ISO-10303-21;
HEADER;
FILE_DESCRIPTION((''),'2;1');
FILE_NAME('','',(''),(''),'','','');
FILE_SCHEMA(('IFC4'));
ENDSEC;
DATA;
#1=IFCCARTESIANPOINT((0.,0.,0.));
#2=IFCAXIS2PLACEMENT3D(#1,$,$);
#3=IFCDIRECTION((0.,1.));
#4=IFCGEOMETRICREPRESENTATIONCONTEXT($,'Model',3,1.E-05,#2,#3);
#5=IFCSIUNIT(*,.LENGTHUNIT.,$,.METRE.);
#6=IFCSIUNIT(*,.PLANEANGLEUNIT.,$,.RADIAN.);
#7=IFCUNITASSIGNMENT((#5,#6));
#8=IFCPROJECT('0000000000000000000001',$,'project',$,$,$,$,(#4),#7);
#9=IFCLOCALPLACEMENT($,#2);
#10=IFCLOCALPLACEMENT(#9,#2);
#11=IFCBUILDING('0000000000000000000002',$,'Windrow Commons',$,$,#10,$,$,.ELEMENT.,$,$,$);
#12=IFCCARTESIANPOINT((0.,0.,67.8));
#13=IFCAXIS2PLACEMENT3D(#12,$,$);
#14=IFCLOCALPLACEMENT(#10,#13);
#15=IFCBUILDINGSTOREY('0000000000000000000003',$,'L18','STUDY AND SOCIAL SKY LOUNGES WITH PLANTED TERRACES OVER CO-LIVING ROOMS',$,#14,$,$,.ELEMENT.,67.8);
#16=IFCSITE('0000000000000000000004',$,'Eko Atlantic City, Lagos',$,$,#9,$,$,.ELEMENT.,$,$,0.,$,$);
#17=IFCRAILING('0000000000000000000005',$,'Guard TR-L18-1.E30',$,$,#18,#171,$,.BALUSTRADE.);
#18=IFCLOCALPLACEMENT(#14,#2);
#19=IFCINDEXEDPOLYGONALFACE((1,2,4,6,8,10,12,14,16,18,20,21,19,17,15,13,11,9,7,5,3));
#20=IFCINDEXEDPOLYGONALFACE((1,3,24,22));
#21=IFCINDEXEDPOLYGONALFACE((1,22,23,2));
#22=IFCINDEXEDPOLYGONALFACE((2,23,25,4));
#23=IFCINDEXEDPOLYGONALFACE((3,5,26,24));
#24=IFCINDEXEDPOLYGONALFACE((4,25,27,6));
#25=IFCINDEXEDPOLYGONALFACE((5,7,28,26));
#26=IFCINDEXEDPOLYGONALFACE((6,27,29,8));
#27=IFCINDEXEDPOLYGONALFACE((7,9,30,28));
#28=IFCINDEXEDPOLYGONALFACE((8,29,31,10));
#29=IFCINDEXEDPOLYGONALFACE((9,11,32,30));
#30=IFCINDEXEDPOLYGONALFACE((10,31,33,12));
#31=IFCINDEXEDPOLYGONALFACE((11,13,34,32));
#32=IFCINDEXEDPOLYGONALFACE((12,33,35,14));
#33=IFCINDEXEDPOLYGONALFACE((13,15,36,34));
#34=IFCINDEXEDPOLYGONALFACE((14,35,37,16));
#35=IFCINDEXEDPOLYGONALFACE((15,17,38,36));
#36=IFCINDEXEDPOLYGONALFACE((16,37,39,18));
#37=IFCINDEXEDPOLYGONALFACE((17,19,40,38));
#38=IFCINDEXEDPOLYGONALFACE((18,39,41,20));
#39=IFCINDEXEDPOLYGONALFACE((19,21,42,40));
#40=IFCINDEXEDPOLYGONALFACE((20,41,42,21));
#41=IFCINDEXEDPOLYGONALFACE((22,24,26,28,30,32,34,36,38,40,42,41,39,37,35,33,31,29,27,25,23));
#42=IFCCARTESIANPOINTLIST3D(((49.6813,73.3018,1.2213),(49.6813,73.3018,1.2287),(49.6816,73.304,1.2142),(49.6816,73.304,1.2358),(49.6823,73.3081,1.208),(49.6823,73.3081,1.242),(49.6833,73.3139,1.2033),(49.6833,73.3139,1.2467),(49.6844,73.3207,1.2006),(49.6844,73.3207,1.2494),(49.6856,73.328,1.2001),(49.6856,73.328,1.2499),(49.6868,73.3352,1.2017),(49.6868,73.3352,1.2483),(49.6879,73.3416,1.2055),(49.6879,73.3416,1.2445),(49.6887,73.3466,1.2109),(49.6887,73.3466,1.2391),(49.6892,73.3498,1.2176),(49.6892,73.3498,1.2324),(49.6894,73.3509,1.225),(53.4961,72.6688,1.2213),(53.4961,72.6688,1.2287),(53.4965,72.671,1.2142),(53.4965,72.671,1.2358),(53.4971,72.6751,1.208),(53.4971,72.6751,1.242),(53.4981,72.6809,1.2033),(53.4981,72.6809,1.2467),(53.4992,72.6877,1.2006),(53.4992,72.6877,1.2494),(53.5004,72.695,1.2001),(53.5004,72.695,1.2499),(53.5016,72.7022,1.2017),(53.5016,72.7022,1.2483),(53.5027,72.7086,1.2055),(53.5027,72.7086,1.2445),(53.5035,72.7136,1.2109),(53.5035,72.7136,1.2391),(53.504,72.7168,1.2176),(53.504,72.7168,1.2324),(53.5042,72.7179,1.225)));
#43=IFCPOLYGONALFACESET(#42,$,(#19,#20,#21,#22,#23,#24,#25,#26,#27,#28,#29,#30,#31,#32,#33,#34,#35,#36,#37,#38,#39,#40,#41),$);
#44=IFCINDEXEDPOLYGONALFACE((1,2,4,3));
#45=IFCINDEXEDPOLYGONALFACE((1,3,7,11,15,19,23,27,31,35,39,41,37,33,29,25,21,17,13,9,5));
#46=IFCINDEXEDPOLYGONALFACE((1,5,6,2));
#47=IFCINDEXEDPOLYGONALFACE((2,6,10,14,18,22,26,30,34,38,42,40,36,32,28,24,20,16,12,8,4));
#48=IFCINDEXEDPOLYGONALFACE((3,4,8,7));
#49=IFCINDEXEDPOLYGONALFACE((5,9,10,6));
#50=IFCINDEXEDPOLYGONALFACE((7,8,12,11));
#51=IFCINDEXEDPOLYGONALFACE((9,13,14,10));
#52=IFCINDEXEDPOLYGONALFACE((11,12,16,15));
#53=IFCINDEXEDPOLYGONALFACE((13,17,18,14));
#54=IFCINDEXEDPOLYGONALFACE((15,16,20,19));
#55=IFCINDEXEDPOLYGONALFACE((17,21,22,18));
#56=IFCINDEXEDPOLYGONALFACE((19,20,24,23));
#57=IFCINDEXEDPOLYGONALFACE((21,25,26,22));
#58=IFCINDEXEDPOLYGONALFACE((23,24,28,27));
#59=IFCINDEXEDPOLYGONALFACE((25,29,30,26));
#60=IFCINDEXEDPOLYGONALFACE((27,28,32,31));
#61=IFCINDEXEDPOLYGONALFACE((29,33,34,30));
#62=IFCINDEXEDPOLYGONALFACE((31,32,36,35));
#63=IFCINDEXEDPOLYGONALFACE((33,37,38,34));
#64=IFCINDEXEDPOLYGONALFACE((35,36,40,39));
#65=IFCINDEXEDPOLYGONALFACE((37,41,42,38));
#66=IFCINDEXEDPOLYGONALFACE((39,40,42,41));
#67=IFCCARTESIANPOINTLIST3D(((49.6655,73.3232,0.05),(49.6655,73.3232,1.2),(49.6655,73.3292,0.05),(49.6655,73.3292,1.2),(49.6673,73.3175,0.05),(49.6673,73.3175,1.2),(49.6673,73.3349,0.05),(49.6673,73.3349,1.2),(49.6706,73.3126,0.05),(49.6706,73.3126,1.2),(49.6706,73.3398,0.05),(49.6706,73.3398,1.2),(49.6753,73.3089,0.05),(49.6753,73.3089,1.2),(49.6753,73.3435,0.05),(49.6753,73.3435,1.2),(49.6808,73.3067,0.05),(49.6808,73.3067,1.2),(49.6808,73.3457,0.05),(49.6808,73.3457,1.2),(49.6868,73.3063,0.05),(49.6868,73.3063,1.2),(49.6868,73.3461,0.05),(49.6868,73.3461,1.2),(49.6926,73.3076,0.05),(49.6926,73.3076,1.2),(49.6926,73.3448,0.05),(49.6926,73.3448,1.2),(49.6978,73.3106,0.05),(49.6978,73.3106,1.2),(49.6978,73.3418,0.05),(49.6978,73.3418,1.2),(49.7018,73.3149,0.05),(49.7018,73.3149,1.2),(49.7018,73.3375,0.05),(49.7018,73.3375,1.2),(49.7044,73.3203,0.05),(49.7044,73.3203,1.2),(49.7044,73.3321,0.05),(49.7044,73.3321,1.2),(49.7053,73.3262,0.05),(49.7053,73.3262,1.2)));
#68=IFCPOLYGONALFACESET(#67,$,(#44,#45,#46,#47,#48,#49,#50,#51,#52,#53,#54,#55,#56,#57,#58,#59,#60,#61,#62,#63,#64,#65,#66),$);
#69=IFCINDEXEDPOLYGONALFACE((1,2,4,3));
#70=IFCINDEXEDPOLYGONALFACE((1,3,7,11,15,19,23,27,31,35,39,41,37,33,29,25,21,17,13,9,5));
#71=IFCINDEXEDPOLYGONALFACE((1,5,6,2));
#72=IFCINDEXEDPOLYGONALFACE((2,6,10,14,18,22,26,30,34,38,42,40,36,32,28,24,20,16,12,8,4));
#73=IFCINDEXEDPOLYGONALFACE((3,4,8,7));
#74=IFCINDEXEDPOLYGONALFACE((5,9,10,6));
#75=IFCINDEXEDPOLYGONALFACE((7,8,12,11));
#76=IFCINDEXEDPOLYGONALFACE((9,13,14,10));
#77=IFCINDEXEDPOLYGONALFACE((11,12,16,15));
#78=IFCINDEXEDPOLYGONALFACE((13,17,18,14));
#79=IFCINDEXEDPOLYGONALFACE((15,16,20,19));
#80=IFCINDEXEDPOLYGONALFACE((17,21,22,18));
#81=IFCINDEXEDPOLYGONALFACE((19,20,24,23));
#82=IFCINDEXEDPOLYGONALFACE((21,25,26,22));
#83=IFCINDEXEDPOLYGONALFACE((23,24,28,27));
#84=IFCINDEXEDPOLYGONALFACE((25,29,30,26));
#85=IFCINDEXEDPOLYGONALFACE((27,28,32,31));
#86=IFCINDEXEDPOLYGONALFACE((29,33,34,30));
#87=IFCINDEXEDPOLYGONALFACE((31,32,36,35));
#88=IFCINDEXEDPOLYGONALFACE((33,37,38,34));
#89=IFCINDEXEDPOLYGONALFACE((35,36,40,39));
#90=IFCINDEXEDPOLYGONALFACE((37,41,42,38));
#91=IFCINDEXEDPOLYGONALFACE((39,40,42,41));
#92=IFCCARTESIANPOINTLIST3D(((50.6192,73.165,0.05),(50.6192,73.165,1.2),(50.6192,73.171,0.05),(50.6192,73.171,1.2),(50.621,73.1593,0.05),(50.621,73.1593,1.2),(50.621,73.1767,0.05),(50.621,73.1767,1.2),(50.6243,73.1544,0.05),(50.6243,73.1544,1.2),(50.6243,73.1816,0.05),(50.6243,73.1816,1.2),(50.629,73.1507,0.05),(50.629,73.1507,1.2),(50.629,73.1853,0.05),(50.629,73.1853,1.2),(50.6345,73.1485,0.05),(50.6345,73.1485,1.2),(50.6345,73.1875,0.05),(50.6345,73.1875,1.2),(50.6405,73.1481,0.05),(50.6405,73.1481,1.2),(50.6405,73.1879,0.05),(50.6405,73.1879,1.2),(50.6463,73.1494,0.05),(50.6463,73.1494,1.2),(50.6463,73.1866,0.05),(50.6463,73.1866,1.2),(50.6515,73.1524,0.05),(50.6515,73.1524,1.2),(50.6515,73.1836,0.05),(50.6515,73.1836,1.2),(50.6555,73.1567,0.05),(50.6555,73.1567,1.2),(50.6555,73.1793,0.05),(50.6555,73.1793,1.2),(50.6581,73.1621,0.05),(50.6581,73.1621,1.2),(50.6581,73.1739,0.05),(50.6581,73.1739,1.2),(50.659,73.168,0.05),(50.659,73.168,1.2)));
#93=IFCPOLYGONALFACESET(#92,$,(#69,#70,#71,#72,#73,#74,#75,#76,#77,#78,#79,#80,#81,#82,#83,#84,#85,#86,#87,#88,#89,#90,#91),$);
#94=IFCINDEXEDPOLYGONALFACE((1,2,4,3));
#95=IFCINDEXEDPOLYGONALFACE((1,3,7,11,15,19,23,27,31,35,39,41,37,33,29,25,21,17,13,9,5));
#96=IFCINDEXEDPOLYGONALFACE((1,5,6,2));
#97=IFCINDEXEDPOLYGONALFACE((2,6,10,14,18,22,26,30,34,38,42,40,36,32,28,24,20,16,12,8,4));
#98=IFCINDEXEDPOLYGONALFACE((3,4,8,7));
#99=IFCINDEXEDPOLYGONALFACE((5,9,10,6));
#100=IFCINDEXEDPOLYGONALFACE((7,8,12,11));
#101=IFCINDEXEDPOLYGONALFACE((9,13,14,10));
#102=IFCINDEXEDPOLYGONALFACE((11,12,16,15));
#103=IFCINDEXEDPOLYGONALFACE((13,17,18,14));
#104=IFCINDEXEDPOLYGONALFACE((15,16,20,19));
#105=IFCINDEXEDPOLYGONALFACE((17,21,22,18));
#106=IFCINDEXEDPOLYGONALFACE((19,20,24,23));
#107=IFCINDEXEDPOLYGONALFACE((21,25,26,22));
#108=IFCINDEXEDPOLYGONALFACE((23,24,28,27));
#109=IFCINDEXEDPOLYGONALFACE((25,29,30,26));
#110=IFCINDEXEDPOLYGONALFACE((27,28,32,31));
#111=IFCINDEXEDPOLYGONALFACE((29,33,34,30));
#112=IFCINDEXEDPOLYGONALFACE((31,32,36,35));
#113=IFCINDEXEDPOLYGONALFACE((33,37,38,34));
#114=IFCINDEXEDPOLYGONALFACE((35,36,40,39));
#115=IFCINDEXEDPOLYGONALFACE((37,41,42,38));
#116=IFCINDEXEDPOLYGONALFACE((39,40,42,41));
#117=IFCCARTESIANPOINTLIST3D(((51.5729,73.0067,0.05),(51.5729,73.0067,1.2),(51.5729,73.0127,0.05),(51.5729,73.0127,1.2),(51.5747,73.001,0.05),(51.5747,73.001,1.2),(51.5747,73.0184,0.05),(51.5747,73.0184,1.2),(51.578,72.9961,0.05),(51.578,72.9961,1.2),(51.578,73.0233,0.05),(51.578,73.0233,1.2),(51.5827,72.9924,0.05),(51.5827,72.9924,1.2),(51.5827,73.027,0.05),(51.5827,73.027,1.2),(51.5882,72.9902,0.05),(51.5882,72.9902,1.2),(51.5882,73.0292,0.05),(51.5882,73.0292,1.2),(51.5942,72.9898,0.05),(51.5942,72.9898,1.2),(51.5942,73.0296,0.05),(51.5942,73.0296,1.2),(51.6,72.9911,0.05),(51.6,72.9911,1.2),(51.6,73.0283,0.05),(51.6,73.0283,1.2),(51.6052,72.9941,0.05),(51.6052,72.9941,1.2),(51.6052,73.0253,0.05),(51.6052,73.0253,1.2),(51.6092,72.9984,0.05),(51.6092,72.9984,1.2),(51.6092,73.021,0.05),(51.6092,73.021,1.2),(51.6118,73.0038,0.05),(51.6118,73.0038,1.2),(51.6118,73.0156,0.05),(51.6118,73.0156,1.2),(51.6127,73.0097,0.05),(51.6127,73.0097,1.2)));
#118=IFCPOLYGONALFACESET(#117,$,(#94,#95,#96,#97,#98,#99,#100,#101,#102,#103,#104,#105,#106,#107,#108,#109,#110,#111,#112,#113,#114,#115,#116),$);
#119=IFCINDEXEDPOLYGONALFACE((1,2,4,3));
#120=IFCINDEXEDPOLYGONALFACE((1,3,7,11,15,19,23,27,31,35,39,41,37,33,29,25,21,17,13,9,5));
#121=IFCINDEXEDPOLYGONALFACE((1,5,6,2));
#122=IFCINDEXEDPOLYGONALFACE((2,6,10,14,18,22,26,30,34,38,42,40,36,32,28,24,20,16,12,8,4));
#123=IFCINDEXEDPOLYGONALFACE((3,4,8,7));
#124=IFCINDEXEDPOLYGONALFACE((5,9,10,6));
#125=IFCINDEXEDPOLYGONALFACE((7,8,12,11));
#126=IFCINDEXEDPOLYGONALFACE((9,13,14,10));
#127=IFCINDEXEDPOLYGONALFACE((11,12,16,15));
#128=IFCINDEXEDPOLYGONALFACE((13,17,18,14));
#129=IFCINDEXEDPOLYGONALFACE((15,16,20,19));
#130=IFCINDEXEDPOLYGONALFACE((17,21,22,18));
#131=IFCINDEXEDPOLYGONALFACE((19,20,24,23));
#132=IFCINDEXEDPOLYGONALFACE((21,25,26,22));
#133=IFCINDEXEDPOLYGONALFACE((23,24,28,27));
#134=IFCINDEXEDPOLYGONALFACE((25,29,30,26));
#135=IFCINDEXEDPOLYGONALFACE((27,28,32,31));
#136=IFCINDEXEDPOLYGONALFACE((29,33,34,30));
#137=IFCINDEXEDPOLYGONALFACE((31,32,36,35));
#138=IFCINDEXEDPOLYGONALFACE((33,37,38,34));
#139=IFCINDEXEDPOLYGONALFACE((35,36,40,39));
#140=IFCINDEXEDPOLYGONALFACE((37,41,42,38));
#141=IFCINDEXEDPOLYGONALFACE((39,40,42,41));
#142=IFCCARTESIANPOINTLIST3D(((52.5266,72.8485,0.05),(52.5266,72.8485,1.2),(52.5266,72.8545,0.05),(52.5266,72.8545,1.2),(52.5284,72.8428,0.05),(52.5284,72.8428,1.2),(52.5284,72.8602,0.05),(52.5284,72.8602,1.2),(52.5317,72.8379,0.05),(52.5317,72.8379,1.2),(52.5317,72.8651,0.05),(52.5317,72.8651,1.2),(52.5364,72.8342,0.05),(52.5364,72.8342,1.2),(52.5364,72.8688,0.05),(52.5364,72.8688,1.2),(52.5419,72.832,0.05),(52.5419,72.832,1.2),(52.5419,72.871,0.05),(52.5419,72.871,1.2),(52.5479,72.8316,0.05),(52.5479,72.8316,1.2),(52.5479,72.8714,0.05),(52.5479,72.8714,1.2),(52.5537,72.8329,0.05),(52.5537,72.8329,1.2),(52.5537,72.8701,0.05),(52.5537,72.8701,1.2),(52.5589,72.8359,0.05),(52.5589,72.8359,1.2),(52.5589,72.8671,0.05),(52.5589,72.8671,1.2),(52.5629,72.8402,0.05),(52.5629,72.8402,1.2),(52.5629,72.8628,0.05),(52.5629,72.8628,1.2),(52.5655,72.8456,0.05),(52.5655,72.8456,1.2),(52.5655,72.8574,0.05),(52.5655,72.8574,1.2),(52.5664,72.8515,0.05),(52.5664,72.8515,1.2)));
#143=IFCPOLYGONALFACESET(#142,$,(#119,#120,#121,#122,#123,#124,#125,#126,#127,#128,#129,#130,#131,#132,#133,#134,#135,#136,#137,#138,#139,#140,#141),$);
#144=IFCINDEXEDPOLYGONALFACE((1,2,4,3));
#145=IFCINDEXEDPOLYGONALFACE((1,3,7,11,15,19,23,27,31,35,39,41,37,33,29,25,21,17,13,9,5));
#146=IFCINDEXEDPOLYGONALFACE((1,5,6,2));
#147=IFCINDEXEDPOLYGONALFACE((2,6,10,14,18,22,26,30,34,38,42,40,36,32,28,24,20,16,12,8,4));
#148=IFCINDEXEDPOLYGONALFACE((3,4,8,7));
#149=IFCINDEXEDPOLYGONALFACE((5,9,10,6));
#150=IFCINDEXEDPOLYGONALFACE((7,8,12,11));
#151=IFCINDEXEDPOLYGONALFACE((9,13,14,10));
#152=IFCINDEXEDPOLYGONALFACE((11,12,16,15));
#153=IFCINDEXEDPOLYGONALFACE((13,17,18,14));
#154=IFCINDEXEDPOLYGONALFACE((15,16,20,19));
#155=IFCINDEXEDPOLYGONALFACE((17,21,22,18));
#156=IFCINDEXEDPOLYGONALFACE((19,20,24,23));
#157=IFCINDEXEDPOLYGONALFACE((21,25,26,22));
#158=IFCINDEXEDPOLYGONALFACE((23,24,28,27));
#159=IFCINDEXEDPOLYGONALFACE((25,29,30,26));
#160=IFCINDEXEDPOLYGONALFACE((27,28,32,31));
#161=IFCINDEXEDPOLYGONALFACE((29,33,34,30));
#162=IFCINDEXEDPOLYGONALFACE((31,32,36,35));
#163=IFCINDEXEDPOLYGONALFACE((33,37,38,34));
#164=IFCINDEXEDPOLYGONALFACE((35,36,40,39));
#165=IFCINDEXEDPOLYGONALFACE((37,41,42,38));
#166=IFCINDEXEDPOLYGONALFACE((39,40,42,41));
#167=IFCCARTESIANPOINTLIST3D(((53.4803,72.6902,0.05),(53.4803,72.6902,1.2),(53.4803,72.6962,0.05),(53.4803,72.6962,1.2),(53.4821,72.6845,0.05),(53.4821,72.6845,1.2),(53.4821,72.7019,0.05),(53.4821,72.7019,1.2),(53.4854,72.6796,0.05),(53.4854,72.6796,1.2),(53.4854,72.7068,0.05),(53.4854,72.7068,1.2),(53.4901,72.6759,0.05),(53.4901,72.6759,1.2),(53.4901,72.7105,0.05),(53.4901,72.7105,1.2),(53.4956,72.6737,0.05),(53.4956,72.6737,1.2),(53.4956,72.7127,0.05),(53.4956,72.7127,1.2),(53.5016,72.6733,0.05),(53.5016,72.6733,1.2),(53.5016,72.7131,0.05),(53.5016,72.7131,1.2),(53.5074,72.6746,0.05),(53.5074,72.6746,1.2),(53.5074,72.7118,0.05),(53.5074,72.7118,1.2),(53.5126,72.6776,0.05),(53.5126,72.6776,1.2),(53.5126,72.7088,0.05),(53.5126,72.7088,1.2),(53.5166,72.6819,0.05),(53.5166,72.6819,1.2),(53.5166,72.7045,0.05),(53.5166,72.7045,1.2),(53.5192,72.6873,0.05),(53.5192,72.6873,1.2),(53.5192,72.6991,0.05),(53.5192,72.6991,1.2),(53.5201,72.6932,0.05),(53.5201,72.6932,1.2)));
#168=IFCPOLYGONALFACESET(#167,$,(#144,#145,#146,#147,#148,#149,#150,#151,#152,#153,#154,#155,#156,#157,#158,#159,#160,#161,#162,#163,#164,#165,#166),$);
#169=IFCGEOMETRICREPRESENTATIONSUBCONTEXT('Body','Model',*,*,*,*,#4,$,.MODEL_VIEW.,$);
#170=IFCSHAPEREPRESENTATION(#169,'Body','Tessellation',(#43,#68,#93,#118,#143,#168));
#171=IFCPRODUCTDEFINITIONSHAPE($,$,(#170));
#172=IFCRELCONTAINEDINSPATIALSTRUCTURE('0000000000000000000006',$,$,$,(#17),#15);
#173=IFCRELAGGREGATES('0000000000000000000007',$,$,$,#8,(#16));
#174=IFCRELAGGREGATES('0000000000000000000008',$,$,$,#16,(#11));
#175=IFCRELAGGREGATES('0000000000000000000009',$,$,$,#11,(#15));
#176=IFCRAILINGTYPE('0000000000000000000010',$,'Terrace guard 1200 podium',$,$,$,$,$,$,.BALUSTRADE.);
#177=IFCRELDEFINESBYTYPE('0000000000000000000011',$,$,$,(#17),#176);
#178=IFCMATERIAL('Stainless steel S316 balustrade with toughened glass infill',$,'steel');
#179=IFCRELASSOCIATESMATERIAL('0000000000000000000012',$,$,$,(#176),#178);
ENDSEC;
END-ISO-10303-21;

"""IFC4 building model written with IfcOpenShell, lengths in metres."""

from ifc_helpers import new_model, si_unit, direction, frame, origin, origin_2d, place, context, subcontext, project, spatial, circle, extrude, material, type_object, element, save


model = new_model("IFC4")

# Units and contexts
model_context = context("Model", 3, precision=1e-05, world=origin(), true_north=direction((0.0, 1.0)))
body_context = subcontext(model_context, "Body", "Model", "MODEL_VIEW")
ifc_project = project(units=[si_unit("LENGTHUNIT", "METRE"), si_unit("PLANEANGLEUNIT", "RADIAN")], contexts=[model_context])

# Site, building, storey
site_placement = place(None, origin())
site = spatial("IfcSite", under=ifc_project, at=site_placement, Name="Eko Atlantic City, Lagos", CompositionType="ELEMENT", RefElevation=0.0)
building_placement = place(site_placement, origin())
building = spatial("IfcBuilding", under=site, at=building_placement, Name="Windrow Commons", CompositionType="ELEMENT")
storey_placement = place(building_placement, frame((0.0, 0.0, 67.8)))
storey = spatial("IfcBuildingStorey", under=building, at=storey_placement, Name="L18", Description="STUDY AND SOCIAL SKY LOUNGES WITH PLANTED TERRACES OVER CO-LIVING ROOMS", CompositionType="ELEMENT", Elevation=67.8)

# Railing
ifc_material_1 = material(Name="Stainless steel S316 balustrade with toughened glass infill", Category="steel")
railing_type = type_object("IfcRailingType", Name="Terrace guard 1200 podium", PredefinedType="BALUSTRADE", material=ifc_material_1)
railing_1_placement = place(storey_placement, frame((49.6853, 73.3262, 0.05)))
element("IfcRailing", 1, at=railing_1_placement, inside=storey, type_object=railing_type, Name="Guard TR-L18-1.E30", PredefinedType="BALUSTRADE", context=body_context, shape_type="SweptSolid", body=[
    extrude(circle(Radius=0.025, at=origin_2d()), frame((0.0, 0.0, 1.175), z_axis=(0.986511, -0.163694, 0.0), x_axis=(0.163694, 0.986511, 0.0)), (0.0, 0.0, 1.0), 3.867),
    extrude(circle(Radius=0.02, at=origin_2d()), origin(), (0.0, 0.0, 1.0), 1.15),
    extrude(circle(Radius=0.02, at=origin_2d()), frame((0.9537, -0.1582, 0.0)), (0.0, 0.0, 1.0), 1.15),
    extrude(circle(Radius=0.02, at=origin_2d()), frame((1.9074, -0.3165, 0.0)), (0.0, 0.0, 1.0), 1.15),
    extrude(circle(Radius=0.02, at=origin_2d()), frame((2.8611, -0.4747, 0.0)), (0.0, 0.0, 1.0), 1.15),
    extrude(circle(Radius=0.02, at=origin_2d()), frame((3.8148, -0.633, 0.0)), (0.0, 0.0, 1.0), 1.15),
])

save(model, "model.ifc")
